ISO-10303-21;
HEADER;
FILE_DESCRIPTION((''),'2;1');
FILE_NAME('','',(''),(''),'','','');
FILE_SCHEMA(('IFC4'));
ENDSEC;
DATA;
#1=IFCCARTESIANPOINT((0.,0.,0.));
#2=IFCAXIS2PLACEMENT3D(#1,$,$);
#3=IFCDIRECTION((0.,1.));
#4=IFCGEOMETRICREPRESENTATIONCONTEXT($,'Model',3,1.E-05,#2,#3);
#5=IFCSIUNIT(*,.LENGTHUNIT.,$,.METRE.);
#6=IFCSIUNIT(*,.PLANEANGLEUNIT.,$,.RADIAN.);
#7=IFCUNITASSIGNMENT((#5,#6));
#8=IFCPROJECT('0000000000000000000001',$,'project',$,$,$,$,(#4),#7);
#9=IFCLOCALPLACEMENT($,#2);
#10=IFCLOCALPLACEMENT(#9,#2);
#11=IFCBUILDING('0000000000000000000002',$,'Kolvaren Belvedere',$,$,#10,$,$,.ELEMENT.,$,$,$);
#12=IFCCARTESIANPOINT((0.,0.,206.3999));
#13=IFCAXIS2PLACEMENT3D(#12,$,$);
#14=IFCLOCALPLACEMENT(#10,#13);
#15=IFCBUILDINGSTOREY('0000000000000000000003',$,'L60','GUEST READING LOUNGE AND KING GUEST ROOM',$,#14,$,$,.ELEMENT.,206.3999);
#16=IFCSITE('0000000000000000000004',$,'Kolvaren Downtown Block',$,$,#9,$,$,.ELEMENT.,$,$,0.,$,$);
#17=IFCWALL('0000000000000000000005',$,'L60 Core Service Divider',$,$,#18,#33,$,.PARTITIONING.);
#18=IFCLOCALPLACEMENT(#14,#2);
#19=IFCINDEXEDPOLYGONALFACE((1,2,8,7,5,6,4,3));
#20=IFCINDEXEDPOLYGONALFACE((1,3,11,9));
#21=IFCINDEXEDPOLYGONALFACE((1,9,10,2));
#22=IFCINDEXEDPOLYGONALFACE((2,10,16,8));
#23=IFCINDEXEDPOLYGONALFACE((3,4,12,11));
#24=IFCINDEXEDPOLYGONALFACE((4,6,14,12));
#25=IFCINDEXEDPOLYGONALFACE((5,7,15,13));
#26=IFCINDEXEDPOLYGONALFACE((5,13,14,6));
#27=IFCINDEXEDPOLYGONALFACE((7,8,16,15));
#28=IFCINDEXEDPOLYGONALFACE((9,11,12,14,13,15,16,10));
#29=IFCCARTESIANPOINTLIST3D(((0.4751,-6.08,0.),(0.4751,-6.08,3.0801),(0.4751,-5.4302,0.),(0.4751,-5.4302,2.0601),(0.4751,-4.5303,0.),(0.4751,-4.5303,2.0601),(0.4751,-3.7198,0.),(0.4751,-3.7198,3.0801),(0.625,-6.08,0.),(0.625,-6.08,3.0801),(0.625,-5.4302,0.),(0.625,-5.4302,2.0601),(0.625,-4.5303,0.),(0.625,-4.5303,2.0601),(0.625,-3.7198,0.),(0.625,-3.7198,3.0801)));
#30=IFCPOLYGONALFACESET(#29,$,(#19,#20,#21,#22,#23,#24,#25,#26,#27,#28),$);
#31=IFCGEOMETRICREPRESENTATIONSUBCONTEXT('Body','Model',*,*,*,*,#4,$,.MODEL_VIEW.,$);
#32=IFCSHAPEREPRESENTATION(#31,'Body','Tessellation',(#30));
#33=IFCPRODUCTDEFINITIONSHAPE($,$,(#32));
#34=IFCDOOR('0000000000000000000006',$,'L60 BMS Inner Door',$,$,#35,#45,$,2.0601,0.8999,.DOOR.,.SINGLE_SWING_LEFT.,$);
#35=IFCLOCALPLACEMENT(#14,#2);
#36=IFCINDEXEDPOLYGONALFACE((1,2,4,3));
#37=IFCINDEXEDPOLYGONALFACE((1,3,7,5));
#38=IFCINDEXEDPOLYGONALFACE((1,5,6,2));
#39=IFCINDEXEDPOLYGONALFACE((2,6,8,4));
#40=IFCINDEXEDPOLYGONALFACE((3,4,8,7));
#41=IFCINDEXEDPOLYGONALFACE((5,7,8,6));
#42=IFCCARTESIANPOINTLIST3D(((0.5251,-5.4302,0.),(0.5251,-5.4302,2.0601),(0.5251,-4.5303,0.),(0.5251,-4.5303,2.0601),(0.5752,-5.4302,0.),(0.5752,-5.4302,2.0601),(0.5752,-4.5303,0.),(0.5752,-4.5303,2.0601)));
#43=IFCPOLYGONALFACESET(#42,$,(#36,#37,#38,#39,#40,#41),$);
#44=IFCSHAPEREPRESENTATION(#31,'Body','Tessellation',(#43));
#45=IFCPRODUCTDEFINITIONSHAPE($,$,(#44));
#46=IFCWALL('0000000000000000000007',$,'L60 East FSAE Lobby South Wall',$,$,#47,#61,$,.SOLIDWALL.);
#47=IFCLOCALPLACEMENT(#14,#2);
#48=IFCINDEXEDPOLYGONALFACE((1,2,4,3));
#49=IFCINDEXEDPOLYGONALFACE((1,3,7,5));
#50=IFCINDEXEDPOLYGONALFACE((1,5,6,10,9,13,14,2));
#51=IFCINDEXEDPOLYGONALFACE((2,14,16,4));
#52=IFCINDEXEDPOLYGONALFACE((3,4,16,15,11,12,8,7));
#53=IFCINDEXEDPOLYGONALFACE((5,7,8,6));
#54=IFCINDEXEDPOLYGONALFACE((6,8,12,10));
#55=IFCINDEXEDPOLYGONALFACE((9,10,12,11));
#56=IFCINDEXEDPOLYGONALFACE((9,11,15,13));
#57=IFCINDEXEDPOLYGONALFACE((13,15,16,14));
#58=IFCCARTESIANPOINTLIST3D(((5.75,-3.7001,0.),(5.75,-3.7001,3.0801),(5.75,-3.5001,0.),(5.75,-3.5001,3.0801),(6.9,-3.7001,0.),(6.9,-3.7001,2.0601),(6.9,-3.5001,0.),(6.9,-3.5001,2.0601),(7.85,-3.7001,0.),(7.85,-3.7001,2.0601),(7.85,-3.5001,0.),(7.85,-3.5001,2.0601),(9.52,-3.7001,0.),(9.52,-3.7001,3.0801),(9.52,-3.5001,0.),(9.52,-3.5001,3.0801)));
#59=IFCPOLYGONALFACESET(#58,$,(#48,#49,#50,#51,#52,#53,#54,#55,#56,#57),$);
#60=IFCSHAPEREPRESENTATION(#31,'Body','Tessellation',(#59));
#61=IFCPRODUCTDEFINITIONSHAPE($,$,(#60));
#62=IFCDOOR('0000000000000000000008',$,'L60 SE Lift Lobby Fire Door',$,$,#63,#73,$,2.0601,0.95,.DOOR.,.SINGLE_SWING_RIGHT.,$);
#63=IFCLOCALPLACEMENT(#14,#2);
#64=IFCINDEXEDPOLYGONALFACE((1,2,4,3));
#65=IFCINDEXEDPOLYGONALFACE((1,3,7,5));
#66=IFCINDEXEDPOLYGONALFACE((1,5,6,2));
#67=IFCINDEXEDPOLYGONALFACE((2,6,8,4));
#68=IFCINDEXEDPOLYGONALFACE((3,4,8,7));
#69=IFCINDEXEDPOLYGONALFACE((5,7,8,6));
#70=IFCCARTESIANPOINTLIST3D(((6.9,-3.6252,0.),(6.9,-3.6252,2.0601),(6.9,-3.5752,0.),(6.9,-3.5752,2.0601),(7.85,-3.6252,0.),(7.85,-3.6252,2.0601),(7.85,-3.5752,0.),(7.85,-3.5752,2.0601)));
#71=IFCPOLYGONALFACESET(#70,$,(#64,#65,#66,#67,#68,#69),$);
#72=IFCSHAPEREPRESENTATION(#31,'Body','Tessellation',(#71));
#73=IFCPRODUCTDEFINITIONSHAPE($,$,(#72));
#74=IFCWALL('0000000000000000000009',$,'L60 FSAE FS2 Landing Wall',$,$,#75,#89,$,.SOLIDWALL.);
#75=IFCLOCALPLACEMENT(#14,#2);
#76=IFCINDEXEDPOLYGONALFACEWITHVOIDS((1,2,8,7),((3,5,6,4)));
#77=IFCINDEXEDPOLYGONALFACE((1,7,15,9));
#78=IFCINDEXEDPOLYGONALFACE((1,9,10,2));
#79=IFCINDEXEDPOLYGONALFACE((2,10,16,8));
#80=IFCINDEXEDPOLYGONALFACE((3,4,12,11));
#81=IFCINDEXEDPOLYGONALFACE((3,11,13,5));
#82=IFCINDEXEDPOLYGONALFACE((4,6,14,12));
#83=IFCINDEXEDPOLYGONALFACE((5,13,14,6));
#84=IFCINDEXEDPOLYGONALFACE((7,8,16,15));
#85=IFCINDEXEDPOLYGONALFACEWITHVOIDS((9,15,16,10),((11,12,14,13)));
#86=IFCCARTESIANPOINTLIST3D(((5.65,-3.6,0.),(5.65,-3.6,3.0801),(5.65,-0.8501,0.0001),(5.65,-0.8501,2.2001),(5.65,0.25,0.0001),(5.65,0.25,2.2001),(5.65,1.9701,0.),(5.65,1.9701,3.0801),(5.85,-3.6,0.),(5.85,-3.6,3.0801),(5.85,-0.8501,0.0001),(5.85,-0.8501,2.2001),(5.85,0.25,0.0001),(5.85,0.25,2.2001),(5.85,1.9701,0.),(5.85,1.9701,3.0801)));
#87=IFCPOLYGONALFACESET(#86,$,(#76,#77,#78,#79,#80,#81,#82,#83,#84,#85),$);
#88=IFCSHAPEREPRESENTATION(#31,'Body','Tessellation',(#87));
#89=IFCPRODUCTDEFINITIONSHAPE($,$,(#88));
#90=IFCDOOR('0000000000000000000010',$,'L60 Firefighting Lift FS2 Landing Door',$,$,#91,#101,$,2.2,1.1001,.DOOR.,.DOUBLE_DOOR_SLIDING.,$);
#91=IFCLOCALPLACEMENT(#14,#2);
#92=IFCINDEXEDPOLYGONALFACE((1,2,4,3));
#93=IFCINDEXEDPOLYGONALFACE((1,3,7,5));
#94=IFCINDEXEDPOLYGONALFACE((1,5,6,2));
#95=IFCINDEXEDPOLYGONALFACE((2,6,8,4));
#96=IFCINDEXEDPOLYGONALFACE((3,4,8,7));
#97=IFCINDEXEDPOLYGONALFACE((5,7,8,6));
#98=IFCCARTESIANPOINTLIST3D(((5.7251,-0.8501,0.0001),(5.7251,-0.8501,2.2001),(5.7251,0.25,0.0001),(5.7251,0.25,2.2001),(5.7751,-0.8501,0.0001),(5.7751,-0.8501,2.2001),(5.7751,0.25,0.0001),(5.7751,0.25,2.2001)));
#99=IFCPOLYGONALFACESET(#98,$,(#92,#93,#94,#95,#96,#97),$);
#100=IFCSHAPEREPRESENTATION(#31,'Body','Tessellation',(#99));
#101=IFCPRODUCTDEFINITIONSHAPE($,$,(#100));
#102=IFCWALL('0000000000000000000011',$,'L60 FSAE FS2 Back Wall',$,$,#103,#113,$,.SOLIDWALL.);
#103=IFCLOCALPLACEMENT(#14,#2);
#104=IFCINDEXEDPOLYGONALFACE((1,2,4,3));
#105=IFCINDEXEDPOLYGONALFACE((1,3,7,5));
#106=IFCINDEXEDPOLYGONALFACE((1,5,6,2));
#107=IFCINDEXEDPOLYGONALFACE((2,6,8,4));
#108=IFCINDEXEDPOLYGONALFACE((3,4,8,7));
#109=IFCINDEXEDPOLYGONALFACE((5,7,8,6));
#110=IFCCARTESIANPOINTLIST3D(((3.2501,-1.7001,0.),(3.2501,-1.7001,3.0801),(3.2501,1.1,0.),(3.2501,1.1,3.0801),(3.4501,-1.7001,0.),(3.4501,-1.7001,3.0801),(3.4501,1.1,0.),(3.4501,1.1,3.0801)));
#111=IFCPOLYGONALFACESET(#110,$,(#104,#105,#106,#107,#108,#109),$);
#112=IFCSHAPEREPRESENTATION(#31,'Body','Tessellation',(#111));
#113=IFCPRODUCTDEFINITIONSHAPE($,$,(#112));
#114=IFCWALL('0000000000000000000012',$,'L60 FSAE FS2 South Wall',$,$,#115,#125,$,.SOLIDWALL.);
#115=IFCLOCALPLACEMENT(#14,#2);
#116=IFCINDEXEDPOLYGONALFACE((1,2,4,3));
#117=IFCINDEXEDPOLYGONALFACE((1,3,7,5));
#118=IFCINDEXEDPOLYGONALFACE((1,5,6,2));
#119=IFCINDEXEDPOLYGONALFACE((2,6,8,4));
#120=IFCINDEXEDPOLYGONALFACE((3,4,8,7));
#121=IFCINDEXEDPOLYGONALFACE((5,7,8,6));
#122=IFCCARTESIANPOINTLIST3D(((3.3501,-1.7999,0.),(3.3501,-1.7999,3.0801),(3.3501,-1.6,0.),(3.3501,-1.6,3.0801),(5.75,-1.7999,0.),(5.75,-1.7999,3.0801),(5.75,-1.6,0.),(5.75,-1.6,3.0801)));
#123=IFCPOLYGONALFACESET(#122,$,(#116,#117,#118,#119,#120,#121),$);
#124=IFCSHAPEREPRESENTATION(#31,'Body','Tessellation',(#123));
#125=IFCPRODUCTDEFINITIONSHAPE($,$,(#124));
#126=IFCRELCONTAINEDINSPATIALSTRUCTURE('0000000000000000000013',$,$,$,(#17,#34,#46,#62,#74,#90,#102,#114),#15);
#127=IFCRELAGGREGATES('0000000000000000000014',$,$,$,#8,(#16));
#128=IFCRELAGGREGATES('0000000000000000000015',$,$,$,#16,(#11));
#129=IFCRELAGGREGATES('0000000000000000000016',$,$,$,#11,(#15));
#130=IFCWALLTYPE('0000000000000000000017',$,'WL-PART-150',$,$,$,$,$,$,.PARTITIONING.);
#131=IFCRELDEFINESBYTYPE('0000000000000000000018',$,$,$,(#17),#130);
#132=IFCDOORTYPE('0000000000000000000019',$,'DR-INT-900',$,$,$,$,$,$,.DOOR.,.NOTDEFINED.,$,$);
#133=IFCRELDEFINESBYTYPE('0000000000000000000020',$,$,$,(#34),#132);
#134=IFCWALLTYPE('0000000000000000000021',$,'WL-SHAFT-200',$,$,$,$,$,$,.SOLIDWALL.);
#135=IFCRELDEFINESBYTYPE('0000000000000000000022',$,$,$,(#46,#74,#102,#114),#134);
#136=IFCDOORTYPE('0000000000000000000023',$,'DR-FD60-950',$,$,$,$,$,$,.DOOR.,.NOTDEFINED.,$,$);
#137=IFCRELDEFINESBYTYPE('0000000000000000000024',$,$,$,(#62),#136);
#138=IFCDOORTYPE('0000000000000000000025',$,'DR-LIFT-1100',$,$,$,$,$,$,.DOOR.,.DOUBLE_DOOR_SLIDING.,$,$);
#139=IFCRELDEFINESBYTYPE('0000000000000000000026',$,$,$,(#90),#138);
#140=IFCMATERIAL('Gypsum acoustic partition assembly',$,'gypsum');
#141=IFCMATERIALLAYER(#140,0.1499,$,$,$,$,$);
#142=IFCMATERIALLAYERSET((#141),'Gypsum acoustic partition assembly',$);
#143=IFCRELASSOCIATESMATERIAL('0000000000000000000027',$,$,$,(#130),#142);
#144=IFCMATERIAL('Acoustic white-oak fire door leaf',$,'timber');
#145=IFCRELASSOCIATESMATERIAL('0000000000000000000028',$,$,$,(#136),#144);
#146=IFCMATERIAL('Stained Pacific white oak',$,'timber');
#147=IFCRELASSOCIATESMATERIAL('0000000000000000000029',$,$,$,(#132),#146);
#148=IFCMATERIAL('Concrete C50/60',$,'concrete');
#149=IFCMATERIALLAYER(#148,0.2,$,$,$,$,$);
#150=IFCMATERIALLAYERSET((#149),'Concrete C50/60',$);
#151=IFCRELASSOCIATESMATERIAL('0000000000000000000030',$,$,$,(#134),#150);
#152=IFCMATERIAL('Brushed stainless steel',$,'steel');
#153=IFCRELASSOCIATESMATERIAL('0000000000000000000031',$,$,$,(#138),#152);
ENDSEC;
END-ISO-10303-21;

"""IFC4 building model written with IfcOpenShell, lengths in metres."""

from ifc_helpers import new_model, si_unit, direction, frame, frame_2d, origin, place, context, subcontext, project, spatial, rectangle, extrude, material, layer, layer_set, type_object, element, fill, save


model = new_model("IFC4")

# Units and contexts
model_context = context("Model", 3, precision=1e-05, world=origin(), true_north=direction((0.0, 1.0)))
body_context = subcontext(model_context, "Body", "Model", "MODEL_VIEW")
ifc_project = project(units=[si_unit("LENGTHUNIT", "METRE"), si_unit("PLANEANGLEUNIT", "RADIAN")], contexts=[model_context])

# Site, building, storey
site_placement = place(None, origin())
site = spatial("IfcSite", under=ifc_project, at=site_placement, Name="Kolvaren Downtown Block", CompositionType="ELEMENT", RefElevation=0.0)
building_placement = place(site_placement, origin())
building = spatial("IfcBuilding", under=site, at=building_placement, Name="Kolvaren Belvedere", CompositionType="ELEMENT")
storey_placement = place(building_placement, frame((0.0, 0.0, 206.3999)))
storey = spatial("IfcBuildingStorey", under=building, at=storey_placement, Name="L60", Description="GUEST READING LOUNGE AND KING GUEST ROOM", CompositionType="ELEMENT", Elevation=206.3999)

# Walls, openings, doors
ifc_material_1 = material(Name="Gypsum acoustic partition assembly", Category="gypsum")
ifc_layer_1 = layer(ifc_material_1, 0.1499)
ifc_layer_set_1 = layer_set([ifc_layer_1], Name="Gypsum acoustic partition assembly")
wall_type_1 = type_object("IfcWallType", Name="WL-PART-150", PredefinedType="PARTITIONING", material=ifc_layer_set_1)
ifc_material_2 = material(Name="Acoustic white-oak fire door leaf", Category="timber")
door_type_1 = type_object("IfcDoorType", Name="DR-FD60-950", OperationType="NOTDEFINED", PredefinedType="DOOR", material=ifc_material_2)
wall_1_placement = place(storey_placement, frame((0.55, -6.0801, 0.0), z_axis=(0.0, 0.0, 1.0), x_axis=(0.0, 1.0, 0.0)))
wall_1 = element("IfcWall", 1, at=wall_1_placement, inside=storey, type_object=wall_type_1, Name="L60 Core Service Divider", PredefinedType="PARTITIONING", context=body_context, shape_type="SweptSolid", body=[
    extrude(rectangle(XDim=2.3601, YDim=0.1499, at=frame_2d((1.1802, 0.0))), origin(), (0.0, 0.0, 1.0), 3.0801),
])
opening_1_placement = place(wall_1_placement, frame((0.6499, 0.0, 0.0)))
opening_1 = element("IfcOpeningElement", 2, at=opening_1_placement, cuts=wall_1, PredefinedType="OPENING", context=body_context, shape_type="SweptSolid", body=[
    extrude(rectangle(XDim=0.8999, YDim=2.0601, at=frame_2d((0.45, 1.03))), frame((0.0, 0.085, 0.0), z_axis=(0.0, -1.0, 0.0), x_axis=(1.0, 0.0, 0.0)), (0.0, 0.0, 1.0), 0.1699),
])
ifc_material_3 = material(Name="Stained Pacific white oak", Category="timber")
door_type_2 = type_object("IfcDoorType", Name="DR-INT-900", OperationType="NOTDEFINED", PredefinedType="DOOR", material=ifc_material_3)
door_1_placement = place(opening_1_placement, origin())
door_1 = element("IfcDoor", 3, at=door_1_placement, inside=storey, type_object=door_type_2, Name="L60 BMS Inner Door", OperationType="SINGLE_SWING_LEFT", OverallHeight=2.0601, OverallWidth=0.8999, PredefinedType="DOOR", context=body_context, shape_type="SweptSolid", body=[
    extrude(rectangle(XDim=0.8999, YDim=2.0601, at=frame_2d((0.45, 1.03))), frame((0.0, 0.0249, 0.0), z_axis=(0.0, -1.0, 0.0), x_axis=(1.0, 0.0, 0.0)), (0.0, 0.0, 1.0), 0.05),
])
fill(opening_1, door_1)
ifc_material_4 = material(Name="Concrete C50/60", Category="concrete")
ifc_layer_2 = layer(ifc_material_4, 0.2)
ifc_layer_set_2 = layer_set([ifc_layer_2], Name="Concrete C50/60")
wall_type_2 = type_object("IfcWallType", Name="WL-SHAFT-200", PredefinedType="SOLIDWALL", material=ifc_layer_set_2)
wall_2_placement = place(storey_placement, frame((5.75, -3.6001, 0.0), z_axis=(0.0, 0.0, 1.0), x_axis=(1.0, 0.0, 0.0)))
wall_2 = element("IfcWall", 4, at=wall_2_placement, inside=storey, type_object=wall_type_2, Name="L60 East FSAE Lobby South Wall", PredefinedType="SOLIDWALL", context=body_context, shape_type="SweptSolid", body=[
    extrude(rectangle(XDim=3.77, YDim=0.2, at=frame_2d((1.885, 0.0))), origin(), (0.0, 0.0, 1.0), 3.0801),
])
opening_2_placement = place(wall_2_placement, frame((1.1499, 0.0, 0.0)))
opening_2 = element("IfcOpeningElement", 5, at=opening_2_placement, cuts=wall_2, PredefinedType="OPENING", context=body_context, shape_type="SweptSolid", body=[
    extrude(rectangle(XDim=0.95, YDim=2.0601, at=frame_2d((0.4751, 1.03))), frame((0.0, 0.1099, 0.0), z_axis=(0.0, -1.0, 0.0), x_axis=(1.0, 0.0, 0.0)), (0.0, 0.0, 1.0), 0.22),
])
door_2_placement = place(opening_2_placement, origin())
door_2 = element("IfcDoor", 6, at=door_2_placement, inside=storey, type_object=door_type_1, Name="L60 SE Lift Lobby Fire Door", OperationType="SINGLE_SWING_RIGHT", OverallHeight=2.0601, OverallWidth=0.95, PredefinedType="DOOR", context=body_context, shape_type="SweptSolid", body=[
    extrude(rectangle(XDim=0.95, YDim=2.0601, at=frame_2d((0.4751, 1.03))), frame((0.0, 0.0249, 0.0), z_axis=(0.0, -1.0, 0.0), x_axis=(1.0, 0.0, 0.0)), (0.0, 0.0, 1.0), 0.05),
])
fill(opening_2, door_2)
wall_3_placement = place(storey_placement, frame((5.75, -3.6001, 0.0), z_axis=(0.0, 0.0, 1.0), x_axis=(0.0, 1.0, 0.0)))
wall_3 = element("IfcWall", 7, at=wall_3_placement, inside=storey, type_object=wall_type_2, Name="L60 FSAE FS2 Landing Wall", PredefinedType="SOLIDWALL", context=body_context, shape_type="SweptSolid", body=[
    extrude(rectangle(XDim=5.5701, YDim=0.2, at=frame_2d((2.7852, 0.0))), origin(), (0.0, 0.0, 1.0), 3.0801),
])
opening_3_placement = place(wall_3_placement, frame((2.75, 0.0, 0.0)))
opening_3 = element("IfcOpeningElement", 8, at=opening_3_placement, cuts=wall_3, PredefinedType="OPENING", context=body_context, shape_type="SweptSolid", body=[
    extrude(rectangle(XDim=1.1001, YDim=2.2, at=frame_2d((0.55, 1.1001))), frame((0.0, 0.1099, 0.0), z_axis=(0.0, -1.0, 0.0), x_axis=(1.0, 0.0, 0.0)), (0.0, 0.0, 1.0), 0.22),
])
ifc_material_5 = material(Name="Brushed stainless steel", Category="steel")
door_type_3 = type_object("IfcDoorType", Name="DR-LIFT-1100", OperationType="DOUBLE_DOOR_SLIDING", PredefinedType="DOOR", material=ifc_material_5)
door_3_placement = place(opening_3_placement, origin())
door_3 = element("IfcDoor", 9, at=door_3_placement, inside=storey, type_object=door_type_3, Name="L60 Firefighting Lift FS2 Landing Door", OperationType="DOUBLE_DOOR_SLIDING", OverallHeight=2.2, OverallWidth=1.1001, PredefinedType="DOOR", context=body_context, shape_type="SweptSolid", body=[
    extrude(rectangle(XDim=1.1001, YDim=2.2, at=frame_2d((0.55, 1.1001))), frame((0.0, 0.0249, 0.0), z_axis=(0.0, -1.0, 0.0), x_axis=(1.0, 0.0, 0.0)), (0.0, 0.0, 1.0), 0.05),
])
fill(opening_3, door_3)

# Walls
wall_4_placement = place(storey_placement, frame((3.3501, -1.7, 0.0), z_axis=(0.0, 0.0, 1.0), x_axis=(0.0, 1.0, 0.0)))
element("IfcWall", 10, at=wall_4_placement, inside=storey, type_object=wall_type_2, Name="L60 FSAE FS2 Back Wall", PredefinedType="SOLIDWALL", context=body_context, shape_type="SweptSolid", body=[
    extrude(rectangle(XDim=2.8, YDim=0.2, at=frame_2d((1.3999, 0.0))), origin(), (0.0, 0.0, 1.0), 3.0801),
])
wall_5_placement = place(storey_placement, frame((3.3501, -1.7, 0.0), z_axis=(0.0, 0.0, 1.0), x_axis=(1.0, 0.0, 0.0)))
element("IfcWall", 11, at=wall_5_placement, inside=storey, type_object=wall_type_2, Name="L60 FSAE FS2 South Wall", PredefinedType="SOLIDWALL", context=body_context, shape_type="SweptSolid", body=[
    extrude(rectangle(XDim=2.3999, YDim=0.2, at=frame_2d((1.2, 0.0))), origin(), (0.0, 0.0, 1.0), 3.0801),
])

save(model, "model.ifc")
